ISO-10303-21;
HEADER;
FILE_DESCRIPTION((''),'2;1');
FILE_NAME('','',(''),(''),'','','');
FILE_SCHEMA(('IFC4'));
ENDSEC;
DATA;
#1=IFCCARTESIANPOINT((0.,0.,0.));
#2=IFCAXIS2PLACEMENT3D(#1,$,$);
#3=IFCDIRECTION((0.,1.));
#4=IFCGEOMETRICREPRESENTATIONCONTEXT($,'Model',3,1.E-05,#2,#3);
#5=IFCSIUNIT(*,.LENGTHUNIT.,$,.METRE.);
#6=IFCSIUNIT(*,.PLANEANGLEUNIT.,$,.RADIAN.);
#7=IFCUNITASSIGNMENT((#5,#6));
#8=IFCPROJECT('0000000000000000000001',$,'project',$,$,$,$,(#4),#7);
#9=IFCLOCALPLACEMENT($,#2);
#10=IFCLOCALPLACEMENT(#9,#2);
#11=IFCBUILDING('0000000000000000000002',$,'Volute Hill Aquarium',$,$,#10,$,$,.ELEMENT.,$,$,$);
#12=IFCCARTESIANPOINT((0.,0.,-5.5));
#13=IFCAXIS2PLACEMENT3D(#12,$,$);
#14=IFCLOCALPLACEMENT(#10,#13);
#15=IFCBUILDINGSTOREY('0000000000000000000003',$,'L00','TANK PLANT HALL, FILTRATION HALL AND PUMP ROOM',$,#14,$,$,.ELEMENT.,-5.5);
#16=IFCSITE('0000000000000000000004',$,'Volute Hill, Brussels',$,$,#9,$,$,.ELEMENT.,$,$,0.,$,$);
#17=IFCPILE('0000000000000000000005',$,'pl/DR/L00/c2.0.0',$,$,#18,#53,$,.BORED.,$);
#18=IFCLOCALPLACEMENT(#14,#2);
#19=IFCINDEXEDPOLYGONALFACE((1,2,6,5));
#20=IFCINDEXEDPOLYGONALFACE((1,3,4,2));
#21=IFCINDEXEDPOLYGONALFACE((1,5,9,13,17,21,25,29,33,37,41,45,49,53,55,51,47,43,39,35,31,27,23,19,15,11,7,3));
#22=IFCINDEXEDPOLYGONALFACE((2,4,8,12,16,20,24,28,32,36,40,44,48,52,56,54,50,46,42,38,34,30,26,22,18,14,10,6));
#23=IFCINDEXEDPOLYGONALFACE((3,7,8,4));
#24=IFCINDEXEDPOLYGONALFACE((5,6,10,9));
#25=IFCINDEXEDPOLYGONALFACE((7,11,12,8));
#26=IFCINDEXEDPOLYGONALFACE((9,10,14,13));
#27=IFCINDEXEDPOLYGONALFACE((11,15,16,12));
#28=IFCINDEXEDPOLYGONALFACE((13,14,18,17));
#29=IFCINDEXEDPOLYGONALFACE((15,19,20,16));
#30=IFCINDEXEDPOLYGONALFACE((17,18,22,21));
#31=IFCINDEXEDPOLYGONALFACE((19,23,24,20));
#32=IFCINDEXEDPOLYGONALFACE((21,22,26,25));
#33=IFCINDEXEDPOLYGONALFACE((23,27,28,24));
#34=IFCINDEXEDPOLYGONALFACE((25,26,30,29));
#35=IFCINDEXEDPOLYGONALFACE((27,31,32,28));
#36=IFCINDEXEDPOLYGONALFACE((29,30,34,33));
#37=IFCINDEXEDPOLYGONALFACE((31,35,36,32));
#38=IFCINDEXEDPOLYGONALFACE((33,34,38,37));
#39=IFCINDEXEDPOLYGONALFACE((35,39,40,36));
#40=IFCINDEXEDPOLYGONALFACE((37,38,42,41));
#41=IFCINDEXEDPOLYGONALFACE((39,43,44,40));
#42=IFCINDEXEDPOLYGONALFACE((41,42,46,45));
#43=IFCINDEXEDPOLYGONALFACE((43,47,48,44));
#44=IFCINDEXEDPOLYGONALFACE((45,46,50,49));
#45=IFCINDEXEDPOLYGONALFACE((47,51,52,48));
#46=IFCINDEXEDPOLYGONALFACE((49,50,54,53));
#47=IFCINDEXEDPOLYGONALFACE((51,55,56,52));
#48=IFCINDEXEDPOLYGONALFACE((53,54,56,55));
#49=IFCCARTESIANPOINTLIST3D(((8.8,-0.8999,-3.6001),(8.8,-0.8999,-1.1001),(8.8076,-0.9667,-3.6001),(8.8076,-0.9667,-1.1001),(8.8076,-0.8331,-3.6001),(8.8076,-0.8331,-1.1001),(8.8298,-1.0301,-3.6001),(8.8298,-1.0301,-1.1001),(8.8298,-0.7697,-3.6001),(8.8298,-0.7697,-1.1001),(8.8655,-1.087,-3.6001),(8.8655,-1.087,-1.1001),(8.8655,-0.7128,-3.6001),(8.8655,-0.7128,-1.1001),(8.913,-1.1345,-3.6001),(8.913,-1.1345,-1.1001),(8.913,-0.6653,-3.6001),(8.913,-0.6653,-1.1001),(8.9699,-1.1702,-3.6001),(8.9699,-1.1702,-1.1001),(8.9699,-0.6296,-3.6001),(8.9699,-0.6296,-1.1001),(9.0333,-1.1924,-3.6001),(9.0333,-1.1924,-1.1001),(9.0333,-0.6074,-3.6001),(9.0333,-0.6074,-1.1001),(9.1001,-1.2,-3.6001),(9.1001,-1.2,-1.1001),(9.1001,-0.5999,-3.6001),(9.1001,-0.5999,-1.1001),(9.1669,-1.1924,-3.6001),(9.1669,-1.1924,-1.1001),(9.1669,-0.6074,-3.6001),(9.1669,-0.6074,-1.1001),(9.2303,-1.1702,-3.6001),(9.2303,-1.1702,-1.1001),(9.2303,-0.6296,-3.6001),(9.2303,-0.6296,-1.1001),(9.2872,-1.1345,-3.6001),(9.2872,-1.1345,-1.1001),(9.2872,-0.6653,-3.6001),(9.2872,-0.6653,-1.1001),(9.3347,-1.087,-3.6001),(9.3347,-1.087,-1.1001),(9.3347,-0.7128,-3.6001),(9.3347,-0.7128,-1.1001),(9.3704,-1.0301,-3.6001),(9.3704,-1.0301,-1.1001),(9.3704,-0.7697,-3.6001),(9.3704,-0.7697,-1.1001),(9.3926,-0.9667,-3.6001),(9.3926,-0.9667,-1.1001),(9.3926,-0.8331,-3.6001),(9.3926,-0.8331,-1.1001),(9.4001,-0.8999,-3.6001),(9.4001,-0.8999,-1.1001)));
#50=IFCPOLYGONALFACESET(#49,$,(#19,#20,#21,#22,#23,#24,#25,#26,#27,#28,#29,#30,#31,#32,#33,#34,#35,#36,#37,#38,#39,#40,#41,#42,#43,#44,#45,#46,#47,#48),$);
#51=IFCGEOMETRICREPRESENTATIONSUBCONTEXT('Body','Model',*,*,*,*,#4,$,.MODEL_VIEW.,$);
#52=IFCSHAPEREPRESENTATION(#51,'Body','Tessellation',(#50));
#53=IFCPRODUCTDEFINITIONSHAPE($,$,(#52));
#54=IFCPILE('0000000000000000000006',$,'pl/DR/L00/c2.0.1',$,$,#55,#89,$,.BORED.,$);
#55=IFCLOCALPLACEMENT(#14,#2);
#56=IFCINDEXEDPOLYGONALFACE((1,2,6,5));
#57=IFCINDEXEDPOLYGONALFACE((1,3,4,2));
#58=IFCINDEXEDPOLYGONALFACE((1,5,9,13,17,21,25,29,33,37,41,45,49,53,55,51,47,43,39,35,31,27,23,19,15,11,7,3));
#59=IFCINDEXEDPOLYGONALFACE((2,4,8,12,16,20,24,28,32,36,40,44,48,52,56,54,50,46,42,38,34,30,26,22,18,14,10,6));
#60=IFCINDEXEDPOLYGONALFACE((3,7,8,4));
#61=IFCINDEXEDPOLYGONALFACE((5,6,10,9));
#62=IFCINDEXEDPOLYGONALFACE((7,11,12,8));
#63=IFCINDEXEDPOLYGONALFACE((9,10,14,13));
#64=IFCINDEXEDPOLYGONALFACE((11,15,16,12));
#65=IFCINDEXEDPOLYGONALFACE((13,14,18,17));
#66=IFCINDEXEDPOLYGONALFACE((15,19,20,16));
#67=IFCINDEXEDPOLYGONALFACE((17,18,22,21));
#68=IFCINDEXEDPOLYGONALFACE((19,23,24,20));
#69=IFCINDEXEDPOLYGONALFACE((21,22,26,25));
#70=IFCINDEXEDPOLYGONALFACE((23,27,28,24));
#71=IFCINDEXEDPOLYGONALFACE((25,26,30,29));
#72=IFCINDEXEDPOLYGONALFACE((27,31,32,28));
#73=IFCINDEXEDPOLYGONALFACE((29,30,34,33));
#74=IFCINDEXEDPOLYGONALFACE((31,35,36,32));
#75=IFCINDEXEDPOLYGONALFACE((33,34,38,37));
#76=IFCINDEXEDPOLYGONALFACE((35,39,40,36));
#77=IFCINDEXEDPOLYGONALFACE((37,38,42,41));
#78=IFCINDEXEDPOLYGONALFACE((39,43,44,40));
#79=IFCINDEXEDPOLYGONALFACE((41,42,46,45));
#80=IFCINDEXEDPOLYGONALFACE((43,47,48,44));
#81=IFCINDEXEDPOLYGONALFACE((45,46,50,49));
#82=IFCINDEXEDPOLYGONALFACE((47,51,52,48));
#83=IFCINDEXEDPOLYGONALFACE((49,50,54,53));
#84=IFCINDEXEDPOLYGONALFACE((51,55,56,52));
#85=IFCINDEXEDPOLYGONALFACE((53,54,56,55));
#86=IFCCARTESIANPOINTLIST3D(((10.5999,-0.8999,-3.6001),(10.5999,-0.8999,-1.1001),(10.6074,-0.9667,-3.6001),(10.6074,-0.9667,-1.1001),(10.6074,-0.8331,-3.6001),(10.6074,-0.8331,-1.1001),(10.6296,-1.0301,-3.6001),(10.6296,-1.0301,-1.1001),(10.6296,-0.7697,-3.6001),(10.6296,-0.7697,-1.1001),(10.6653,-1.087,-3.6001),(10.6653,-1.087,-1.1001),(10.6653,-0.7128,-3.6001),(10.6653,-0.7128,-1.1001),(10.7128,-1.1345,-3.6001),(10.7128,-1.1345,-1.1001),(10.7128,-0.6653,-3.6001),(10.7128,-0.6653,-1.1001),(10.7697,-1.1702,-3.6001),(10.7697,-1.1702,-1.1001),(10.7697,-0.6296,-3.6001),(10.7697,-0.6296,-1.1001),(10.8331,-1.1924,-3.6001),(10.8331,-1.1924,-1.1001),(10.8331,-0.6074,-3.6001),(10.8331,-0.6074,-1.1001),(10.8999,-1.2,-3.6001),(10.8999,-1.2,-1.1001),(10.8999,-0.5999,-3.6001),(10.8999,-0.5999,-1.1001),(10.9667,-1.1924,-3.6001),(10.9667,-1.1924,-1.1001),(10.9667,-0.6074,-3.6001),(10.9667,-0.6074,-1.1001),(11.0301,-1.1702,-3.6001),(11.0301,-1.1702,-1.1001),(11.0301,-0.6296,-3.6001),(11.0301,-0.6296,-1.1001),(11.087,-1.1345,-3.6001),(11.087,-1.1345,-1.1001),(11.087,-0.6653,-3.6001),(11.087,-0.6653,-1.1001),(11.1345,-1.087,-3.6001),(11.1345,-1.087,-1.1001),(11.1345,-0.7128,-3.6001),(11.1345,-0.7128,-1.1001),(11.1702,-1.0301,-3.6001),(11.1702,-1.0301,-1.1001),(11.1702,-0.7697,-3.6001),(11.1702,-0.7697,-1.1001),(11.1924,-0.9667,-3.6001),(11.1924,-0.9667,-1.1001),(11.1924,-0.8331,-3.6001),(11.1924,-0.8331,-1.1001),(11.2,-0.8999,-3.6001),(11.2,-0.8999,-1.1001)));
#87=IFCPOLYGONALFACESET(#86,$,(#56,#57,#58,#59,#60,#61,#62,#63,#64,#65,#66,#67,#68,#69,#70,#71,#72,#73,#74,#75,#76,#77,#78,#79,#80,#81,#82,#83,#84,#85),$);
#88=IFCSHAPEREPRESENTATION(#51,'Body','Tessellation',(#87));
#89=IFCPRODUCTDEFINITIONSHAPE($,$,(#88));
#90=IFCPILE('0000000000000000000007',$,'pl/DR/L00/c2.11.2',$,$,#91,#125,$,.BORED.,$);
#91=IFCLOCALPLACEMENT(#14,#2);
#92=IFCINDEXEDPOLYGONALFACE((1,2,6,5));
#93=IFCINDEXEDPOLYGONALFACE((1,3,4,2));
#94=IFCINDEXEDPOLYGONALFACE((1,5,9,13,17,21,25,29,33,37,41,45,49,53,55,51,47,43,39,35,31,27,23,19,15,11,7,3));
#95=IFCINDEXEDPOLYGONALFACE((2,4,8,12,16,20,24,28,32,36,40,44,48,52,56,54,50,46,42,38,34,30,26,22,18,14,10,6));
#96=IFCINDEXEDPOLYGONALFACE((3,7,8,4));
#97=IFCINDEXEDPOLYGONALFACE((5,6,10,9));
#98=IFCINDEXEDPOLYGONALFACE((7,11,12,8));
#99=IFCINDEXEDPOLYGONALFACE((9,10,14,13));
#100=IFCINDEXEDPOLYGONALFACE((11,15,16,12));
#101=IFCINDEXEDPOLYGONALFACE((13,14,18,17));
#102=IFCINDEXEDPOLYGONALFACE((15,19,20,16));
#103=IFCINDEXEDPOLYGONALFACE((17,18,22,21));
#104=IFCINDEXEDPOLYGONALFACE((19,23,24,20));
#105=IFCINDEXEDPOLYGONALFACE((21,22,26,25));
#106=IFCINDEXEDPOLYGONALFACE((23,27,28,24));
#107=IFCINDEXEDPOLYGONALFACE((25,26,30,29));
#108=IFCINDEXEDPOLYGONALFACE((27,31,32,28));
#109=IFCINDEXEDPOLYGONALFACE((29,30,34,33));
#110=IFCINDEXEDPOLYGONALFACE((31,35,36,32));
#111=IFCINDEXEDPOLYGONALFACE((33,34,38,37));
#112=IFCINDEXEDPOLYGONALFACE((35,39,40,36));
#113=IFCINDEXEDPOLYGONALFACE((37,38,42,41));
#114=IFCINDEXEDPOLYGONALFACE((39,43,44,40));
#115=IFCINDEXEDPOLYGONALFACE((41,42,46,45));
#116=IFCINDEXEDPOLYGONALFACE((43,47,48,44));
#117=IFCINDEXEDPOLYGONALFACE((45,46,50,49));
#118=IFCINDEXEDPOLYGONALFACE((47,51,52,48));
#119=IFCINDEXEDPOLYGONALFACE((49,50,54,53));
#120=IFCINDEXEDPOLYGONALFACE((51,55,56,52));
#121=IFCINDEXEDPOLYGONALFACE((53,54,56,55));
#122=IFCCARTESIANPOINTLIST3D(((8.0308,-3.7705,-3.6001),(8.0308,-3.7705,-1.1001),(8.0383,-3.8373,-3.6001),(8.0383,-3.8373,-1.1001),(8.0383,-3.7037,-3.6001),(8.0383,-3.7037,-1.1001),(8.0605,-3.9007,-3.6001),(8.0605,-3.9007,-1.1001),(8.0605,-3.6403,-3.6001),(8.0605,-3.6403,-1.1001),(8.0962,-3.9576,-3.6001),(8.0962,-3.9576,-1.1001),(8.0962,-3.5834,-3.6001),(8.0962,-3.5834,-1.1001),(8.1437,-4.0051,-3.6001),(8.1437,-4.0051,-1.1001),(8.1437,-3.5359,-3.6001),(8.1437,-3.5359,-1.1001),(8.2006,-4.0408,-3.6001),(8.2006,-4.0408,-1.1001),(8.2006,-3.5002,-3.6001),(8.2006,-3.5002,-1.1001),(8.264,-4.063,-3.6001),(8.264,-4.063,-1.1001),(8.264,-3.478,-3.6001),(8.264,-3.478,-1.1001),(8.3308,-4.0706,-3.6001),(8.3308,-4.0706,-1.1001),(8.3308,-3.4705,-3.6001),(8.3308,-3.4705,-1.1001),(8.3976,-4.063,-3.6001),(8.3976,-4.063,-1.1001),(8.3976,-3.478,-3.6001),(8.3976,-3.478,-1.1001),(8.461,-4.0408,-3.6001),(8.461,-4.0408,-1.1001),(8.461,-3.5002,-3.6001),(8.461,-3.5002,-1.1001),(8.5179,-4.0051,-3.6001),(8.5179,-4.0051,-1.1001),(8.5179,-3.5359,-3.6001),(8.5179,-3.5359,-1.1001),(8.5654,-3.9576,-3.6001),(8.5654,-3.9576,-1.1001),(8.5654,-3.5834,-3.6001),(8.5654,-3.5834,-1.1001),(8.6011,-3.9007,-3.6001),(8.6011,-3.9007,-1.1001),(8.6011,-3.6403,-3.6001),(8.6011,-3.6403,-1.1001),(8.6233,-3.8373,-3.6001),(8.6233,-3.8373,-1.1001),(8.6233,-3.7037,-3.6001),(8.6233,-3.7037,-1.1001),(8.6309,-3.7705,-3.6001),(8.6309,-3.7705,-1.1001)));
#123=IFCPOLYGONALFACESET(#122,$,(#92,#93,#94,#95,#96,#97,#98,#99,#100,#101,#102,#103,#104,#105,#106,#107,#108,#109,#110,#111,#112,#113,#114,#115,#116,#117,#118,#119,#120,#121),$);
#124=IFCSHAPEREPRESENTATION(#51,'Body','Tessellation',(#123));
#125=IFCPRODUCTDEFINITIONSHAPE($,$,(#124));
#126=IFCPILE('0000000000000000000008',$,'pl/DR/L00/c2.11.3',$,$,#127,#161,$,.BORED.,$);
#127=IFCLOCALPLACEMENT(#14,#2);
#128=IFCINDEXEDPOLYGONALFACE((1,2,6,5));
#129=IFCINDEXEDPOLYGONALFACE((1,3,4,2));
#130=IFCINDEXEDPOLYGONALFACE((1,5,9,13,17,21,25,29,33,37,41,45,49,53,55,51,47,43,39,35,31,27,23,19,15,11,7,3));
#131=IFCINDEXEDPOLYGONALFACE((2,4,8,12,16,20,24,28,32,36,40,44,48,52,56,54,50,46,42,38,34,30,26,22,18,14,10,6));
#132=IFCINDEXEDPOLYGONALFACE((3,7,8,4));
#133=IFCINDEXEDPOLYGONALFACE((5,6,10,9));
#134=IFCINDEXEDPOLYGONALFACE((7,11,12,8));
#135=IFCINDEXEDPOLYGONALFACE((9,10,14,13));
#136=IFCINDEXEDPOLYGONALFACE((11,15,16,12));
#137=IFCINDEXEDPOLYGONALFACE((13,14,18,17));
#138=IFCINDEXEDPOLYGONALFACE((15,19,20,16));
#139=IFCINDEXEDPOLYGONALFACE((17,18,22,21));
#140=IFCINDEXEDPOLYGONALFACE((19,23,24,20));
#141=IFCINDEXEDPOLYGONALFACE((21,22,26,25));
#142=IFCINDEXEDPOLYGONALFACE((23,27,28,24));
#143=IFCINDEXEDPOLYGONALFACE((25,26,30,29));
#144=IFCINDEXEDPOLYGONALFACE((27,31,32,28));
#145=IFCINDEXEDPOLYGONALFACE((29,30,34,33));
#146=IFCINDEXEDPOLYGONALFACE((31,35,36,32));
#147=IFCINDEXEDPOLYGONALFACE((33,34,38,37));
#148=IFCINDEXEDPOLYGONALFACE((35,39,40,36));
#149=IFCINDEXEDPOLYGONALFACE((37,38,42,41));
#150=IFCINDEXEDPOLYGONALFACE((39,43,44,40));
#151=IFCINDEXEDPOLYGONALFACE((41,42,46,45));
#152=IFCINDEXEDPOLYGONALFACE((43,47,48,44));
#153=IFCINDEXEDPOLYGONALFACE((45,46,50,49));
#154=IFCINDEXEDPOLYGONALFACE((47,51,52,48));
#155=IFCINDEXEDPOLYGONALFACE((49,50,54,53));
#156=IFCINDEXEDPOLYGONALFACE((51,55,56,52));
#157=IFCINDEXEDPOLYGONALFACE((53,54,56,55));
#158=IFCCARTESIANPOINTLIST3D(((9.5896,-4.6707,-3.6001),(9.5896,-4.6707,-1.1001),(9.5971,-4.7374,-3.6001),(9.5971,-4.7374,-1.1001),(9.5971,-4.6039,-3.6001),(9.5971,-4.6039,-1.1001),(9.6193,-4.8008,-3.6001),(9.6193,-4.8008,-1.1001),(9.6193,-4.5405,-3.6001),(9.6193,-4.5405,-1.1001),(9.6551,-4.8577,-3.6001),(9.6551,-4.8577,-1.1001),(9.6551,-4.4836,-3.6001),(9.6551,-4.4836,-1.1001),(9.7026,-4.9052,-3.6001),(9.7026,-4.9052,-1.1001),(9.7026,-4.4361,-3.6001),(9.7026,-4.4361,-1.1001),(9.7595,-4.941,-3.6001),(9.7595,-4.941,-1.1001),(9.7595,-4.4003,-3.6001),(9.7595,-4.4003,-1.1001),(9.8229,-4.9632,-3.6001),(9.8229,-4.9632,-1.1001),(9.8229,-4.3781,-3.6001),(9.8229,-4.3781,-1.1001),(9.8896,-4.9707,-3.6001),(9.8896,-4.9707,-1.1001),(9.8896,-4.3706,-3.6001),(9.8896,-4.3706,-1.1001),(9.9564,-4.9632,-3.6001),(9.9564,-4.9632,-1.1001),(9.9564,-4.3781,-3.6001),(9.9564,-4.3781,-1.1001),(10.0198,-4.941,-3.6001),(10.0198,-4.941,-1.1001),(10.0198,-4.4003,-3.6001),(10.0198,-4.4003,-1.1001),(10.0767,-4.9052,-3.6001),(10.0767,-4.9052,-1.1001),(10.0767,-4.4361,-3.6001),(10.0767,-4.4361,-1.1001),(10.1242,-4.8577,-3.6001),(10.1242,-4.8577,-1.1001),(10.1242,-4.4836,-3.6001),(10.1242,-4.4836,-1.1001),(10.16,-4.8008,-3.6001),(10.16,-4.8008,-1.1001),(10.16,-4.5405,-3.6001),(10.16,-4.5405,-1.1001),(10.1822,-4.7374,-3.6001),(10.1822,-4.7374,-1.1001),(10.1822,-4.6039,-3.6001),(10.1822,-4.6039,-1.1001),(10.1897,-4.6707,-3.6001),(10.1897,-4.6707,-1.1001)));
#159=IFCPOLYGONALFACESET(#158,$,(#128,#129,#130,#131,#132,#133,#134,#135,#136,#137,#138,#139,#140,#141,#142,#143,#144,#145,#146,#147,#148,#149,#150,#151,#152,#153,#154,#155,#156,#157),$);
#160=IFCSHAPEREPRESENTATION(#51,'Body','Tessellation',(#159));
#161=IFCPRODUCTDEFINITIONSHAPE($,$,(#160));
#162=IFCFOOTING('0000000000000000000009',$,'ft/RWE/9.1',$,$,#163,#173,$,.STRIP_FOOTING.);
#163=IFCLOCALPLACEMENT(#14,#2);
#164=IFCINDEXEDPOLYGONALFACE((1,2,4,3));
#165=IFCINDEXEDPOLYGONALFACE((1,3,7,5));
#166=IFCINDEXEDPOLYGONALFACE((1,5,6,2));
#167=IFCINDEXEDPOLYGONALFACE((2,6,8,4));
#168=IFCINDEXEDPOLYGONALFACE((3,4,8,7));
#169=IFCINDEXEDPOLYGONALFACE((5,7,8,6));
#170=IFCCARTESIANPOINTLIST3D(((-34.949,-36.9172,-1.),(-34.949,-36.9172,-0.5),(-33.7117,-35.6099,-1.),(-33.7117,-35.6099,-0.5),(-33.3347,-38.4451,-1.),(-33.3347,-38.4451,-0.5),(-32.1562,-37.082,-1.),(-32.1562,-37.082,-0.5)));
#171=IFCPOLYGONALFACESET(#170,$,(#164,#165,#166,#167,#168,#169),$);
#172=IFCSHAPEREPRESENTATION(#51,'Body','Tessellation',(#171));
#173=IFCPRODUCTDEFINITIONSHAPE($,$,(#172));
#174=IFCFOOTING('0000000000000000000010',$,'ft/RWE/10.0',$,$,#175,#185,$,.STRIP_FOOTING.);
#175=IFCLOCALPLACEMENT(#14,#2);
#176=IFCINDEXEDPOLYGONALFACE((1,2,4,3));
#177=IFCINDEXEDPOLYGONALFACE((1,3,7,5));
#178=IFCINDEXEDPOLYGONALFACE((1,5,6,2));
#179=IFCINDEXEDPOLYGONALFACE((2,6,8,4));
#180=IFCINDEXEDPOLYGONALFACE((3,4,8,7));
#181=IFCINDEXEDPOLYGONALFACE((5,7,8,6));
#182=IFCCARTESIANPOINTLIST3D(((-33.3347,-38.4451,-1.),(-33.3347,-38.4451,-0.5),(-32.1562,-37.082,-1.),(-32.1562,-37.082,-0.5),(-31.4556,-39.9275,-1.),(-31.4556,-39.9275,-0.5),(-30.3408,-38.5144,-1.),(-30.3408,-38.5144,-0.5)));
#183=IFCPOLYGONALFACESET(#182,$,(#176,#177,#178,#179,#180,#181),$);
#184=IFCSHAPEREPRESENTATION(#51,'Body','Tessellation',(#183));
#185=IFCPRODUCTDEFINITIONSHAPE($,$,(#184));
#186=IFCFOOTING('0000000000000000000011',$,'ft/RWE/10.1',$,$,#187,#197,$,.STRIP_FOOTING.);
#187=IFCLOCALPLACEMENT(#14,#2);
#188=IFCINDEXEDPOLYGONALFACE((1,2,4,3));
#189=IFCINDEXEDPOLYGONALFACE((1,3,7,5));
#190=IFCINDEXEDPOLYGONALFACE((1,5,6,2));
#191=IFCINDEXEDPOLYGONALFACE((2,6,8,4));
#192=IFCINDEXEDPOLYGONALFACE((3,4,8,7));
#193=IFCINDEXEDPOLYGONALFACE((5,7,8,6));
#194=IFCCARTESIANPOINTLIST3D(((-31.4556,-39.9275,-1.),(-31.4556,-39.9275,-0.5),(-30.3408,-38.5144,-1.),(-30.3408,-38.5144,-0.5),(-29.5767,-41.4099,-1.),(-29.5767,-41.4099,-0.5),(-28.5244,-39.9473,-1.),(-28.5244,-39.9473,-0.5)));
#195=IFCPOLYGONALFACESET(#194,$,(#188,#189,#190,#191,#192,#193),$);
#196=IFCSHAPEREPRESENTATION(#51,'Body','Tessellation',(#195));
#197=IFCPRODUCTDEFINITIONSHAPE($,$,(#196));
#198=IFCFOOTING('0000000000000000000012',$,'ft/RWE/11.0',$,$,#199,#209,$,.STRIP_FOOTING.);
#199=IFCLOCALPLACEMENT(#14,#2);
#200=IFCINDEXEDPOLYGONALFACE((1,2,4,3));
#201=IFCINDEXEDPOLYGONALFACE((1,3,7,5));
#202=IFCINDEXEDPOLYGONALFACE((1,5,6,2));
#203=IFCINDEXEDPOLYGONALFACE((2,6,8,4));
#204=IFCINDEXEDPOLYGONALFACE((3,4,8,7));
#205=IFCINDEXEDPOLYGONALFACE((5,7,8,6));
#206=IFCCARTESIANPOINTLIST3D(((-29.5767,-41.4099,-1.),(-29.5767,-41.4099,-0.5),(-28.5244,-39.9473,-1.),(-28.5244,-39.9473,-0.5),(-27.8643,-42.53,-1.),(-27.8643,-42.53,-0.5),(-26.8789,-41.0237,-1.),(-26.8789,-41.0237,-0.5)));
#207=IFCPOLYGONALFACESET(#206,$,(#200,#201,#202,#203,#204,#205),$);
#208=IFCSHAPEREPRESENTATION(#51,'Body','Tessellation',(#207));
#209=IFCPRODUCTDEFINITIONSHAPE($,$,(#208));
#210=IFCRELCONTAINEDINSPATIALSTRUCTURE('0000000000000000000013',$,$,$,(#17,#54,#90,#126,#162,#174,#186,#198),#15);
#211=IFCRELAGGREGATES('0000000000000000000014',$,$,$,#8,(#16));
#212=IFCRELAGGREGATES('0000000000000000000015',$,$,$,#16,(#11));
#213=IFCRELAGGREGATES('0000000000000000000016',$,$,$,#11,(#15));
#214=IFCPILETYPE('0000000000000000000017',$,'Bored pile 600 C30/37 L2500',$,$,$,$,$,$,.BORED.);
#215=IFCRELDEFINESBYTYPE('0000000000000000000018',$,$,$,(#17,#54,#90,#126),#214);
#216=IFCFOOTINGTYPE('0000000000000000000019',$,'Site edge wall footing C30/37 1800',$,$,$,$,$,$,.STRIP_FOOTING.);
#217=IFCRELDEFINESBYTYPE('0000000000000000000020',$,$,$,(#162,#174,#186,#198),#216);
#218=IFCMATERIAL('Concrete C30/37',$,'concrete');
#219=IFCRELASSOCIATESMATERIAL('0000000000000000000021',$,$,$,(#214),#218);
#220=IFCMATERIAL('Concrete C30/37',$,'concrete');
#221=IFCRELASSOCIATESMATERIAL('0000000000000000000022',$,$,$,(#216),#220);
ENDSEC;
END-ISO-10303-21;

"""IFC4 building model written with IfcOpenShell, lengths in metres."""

from ifc_helpers import new_model, si_unit, direction, frame, origin, origin_2d, place, context, subcontext, project, spatial, polyline, circle, outline, extrude, material, type_object, element, save


model = new_model("IFC4")

# Units and contexts
model_context = context("Model", 3, precision=1e-05, world=origin(), true_north=direction((0.0, 1.0)))
body_context = subcontext(model_context, "Body", "Model", "MODEL_VIEW")
ifc_project = project(units=[si_unit("LENGTHUNIT", "METRE"), si_unit("PLANEANGLEUNIT", "RADIAN")], contexts=[model_context])

# Site, building, storey
site_placement = place(None, origin())
site = spatial("IfcSite", under=ifc_project, at=site_placement, Name="Volute Hill, Brussels", CompositionType="ELEMENT", RefElevation=0.0)
building_placement = place(site_placement, origin())
building = spatial("IfcBuilding", under=site, at=building_placement, Name="Volute Hill Aquarium", CompositionType="ELEMENT")
storey_placement = place(building_placement, frame((0.0, 0.0, -5.5)))
storey = spatial("IfcBuildingStorey", under=building, at=storey_placement, Name="L00", Description="TANK PLANT HALL, FILTRATION HALL AND PUMP ROOM", CompositionType="ELEMENT", Elevation=-5.5)

# Piles
ifc_material_1 = material(Name="Concrete C30/37", Category="concrete")
pile_type = type_object("IfcPileType", Name="Bored pile 600 C30/37 L2500", PredefinedType="BORED", material=ifc_material_1)
for number, where, z_axis, x_axis, name in (
    (1, (9.1001, -0.8999, -1.1001), (0.0, 0.0, -1.0), (1.0, 0.0, 0.0), "pl/DR/L00/c2.0.0"),
    (2, (10.8999, -0.8999, -1.1001), (0.0, 0.0, -1.0), (1.0, 0.0, 0.0), "pl/DR/L00/c2.0.1"),
    (3, (8.3308, -3.7705, -1.1001), (0.0, 0.0, -1.0), (1.0, 0.0, 0.0), "pl/DR/L00/c2.11.2"),
    (4, (9.8896, -4.6707, -1.1001), (0.0, 0.0, -1.0), (1.0, 0.0, 0.0), "pl/DR/L00/c2.11.3"),
):
    element("IfcPile", number, at=place(storey_placement, frame(where, z_axis=z_axis, x_axis=x_axis)), inside=storey, type_object=pile_type, Name=name, PredefinedType="BORED", context=body_context, shape_type="SweptSolid", body=[
        extrude(circle(Radius=0.3, at=origin_2d()), origin(), (0.0, 0.0, 1.0), 2.5),
    ])

# Footings
ifc_material_2 = material(Name="Concrete C30/37", Category="concrete")
footing_type_1 = type_object("IfcFootingType", Name="Site edge wall footing C30/37 1800", PredefinedType="STRIP_FOOTING", material=ifc_material_2)
footing_1_placement = place(storey_placement, frame((0.0, 0.0, -1.0)))
element("IfcFooting", 5, at=footing_1_placement, inside=storey, type_object=footing_type_1, Name="ft/RWE/9.1", PredefinedType="STRIP_FOOTING", context=body_context, shape_type="SweptSolid", body=[
    extrude(outline(polyline([(-34.949, -36.9172), (-33.3347, -38.4451), (-32.1562, -37.082), (-33.7117, -35.6099), (-34.949, -36.9172)])), origin(), (0.0, 0.0, 1.0), 0.5),
])
footing_2_placement = place(storey_placement, frame((0.0, 0.0, -1.0)))
element("IfcFooting", 6, at=footing_2_placement, inside=storey, type_object=footing_type_1, Name="ft/RWE/10.0", PredefinedType="STRIP_FOOTING", context=body_context, shape_type="SweptSolid", body=[
    extrude(outline(polyline([(-33.3347, -38.4451), (-31.4556, -39.9275), (-30.3408, -38.5144), (-32.1562, -37.082), (-32.1562, -37.082), (-33.3347, -38.4451)])), origin(), (0.0, 0.0, 1.0), 0.5),
])
footing_3_placement = place(storey_placement, frame((0.0, 0.0, -1.0)))
element("IfcFooting", 7, at=footing_3_placement, inside=storey, type_object=footing_type_1, Name="ft/RWE/10.1", PredefinedType="STRIP_FOOTING", context=body_context, shape_type="SweptSolid", body=[
    extrude(outline(polyline([(-29.5767, -41.4099), (-29.5767, -41.4099), (-28.5244, -39.9473), (-28.5244, -39.9473), (-30.3408, -38.5144), (-31.4556, -39.9275), (-29.5767, -41.4099)])), origin(), (0.0, 0.0, 1.0), 0.5),
])
footing_4_placement = place(storey_placement, frame((0.0, 0.0, -1.0)))
element("IfcFooting", 8, at=footing_4_placement, inside=storey, type_object=footing_type_1, Name="ft/RWE/11.0", PredefinedType="STRIP_FOOTING", context=body_context, shape_type="SweptSolid", body=[
    extrude(outline(polyline([(-29.5767, -41.4099), (-27.8643, -42.53), (-26.8789, -41.0237), (-28.5244, -39.9473), (-29.5767, -41.4099)])), origin(), (0.0, 0.0, 1.0), 0.5),
])

save(model, "model.ifc")
